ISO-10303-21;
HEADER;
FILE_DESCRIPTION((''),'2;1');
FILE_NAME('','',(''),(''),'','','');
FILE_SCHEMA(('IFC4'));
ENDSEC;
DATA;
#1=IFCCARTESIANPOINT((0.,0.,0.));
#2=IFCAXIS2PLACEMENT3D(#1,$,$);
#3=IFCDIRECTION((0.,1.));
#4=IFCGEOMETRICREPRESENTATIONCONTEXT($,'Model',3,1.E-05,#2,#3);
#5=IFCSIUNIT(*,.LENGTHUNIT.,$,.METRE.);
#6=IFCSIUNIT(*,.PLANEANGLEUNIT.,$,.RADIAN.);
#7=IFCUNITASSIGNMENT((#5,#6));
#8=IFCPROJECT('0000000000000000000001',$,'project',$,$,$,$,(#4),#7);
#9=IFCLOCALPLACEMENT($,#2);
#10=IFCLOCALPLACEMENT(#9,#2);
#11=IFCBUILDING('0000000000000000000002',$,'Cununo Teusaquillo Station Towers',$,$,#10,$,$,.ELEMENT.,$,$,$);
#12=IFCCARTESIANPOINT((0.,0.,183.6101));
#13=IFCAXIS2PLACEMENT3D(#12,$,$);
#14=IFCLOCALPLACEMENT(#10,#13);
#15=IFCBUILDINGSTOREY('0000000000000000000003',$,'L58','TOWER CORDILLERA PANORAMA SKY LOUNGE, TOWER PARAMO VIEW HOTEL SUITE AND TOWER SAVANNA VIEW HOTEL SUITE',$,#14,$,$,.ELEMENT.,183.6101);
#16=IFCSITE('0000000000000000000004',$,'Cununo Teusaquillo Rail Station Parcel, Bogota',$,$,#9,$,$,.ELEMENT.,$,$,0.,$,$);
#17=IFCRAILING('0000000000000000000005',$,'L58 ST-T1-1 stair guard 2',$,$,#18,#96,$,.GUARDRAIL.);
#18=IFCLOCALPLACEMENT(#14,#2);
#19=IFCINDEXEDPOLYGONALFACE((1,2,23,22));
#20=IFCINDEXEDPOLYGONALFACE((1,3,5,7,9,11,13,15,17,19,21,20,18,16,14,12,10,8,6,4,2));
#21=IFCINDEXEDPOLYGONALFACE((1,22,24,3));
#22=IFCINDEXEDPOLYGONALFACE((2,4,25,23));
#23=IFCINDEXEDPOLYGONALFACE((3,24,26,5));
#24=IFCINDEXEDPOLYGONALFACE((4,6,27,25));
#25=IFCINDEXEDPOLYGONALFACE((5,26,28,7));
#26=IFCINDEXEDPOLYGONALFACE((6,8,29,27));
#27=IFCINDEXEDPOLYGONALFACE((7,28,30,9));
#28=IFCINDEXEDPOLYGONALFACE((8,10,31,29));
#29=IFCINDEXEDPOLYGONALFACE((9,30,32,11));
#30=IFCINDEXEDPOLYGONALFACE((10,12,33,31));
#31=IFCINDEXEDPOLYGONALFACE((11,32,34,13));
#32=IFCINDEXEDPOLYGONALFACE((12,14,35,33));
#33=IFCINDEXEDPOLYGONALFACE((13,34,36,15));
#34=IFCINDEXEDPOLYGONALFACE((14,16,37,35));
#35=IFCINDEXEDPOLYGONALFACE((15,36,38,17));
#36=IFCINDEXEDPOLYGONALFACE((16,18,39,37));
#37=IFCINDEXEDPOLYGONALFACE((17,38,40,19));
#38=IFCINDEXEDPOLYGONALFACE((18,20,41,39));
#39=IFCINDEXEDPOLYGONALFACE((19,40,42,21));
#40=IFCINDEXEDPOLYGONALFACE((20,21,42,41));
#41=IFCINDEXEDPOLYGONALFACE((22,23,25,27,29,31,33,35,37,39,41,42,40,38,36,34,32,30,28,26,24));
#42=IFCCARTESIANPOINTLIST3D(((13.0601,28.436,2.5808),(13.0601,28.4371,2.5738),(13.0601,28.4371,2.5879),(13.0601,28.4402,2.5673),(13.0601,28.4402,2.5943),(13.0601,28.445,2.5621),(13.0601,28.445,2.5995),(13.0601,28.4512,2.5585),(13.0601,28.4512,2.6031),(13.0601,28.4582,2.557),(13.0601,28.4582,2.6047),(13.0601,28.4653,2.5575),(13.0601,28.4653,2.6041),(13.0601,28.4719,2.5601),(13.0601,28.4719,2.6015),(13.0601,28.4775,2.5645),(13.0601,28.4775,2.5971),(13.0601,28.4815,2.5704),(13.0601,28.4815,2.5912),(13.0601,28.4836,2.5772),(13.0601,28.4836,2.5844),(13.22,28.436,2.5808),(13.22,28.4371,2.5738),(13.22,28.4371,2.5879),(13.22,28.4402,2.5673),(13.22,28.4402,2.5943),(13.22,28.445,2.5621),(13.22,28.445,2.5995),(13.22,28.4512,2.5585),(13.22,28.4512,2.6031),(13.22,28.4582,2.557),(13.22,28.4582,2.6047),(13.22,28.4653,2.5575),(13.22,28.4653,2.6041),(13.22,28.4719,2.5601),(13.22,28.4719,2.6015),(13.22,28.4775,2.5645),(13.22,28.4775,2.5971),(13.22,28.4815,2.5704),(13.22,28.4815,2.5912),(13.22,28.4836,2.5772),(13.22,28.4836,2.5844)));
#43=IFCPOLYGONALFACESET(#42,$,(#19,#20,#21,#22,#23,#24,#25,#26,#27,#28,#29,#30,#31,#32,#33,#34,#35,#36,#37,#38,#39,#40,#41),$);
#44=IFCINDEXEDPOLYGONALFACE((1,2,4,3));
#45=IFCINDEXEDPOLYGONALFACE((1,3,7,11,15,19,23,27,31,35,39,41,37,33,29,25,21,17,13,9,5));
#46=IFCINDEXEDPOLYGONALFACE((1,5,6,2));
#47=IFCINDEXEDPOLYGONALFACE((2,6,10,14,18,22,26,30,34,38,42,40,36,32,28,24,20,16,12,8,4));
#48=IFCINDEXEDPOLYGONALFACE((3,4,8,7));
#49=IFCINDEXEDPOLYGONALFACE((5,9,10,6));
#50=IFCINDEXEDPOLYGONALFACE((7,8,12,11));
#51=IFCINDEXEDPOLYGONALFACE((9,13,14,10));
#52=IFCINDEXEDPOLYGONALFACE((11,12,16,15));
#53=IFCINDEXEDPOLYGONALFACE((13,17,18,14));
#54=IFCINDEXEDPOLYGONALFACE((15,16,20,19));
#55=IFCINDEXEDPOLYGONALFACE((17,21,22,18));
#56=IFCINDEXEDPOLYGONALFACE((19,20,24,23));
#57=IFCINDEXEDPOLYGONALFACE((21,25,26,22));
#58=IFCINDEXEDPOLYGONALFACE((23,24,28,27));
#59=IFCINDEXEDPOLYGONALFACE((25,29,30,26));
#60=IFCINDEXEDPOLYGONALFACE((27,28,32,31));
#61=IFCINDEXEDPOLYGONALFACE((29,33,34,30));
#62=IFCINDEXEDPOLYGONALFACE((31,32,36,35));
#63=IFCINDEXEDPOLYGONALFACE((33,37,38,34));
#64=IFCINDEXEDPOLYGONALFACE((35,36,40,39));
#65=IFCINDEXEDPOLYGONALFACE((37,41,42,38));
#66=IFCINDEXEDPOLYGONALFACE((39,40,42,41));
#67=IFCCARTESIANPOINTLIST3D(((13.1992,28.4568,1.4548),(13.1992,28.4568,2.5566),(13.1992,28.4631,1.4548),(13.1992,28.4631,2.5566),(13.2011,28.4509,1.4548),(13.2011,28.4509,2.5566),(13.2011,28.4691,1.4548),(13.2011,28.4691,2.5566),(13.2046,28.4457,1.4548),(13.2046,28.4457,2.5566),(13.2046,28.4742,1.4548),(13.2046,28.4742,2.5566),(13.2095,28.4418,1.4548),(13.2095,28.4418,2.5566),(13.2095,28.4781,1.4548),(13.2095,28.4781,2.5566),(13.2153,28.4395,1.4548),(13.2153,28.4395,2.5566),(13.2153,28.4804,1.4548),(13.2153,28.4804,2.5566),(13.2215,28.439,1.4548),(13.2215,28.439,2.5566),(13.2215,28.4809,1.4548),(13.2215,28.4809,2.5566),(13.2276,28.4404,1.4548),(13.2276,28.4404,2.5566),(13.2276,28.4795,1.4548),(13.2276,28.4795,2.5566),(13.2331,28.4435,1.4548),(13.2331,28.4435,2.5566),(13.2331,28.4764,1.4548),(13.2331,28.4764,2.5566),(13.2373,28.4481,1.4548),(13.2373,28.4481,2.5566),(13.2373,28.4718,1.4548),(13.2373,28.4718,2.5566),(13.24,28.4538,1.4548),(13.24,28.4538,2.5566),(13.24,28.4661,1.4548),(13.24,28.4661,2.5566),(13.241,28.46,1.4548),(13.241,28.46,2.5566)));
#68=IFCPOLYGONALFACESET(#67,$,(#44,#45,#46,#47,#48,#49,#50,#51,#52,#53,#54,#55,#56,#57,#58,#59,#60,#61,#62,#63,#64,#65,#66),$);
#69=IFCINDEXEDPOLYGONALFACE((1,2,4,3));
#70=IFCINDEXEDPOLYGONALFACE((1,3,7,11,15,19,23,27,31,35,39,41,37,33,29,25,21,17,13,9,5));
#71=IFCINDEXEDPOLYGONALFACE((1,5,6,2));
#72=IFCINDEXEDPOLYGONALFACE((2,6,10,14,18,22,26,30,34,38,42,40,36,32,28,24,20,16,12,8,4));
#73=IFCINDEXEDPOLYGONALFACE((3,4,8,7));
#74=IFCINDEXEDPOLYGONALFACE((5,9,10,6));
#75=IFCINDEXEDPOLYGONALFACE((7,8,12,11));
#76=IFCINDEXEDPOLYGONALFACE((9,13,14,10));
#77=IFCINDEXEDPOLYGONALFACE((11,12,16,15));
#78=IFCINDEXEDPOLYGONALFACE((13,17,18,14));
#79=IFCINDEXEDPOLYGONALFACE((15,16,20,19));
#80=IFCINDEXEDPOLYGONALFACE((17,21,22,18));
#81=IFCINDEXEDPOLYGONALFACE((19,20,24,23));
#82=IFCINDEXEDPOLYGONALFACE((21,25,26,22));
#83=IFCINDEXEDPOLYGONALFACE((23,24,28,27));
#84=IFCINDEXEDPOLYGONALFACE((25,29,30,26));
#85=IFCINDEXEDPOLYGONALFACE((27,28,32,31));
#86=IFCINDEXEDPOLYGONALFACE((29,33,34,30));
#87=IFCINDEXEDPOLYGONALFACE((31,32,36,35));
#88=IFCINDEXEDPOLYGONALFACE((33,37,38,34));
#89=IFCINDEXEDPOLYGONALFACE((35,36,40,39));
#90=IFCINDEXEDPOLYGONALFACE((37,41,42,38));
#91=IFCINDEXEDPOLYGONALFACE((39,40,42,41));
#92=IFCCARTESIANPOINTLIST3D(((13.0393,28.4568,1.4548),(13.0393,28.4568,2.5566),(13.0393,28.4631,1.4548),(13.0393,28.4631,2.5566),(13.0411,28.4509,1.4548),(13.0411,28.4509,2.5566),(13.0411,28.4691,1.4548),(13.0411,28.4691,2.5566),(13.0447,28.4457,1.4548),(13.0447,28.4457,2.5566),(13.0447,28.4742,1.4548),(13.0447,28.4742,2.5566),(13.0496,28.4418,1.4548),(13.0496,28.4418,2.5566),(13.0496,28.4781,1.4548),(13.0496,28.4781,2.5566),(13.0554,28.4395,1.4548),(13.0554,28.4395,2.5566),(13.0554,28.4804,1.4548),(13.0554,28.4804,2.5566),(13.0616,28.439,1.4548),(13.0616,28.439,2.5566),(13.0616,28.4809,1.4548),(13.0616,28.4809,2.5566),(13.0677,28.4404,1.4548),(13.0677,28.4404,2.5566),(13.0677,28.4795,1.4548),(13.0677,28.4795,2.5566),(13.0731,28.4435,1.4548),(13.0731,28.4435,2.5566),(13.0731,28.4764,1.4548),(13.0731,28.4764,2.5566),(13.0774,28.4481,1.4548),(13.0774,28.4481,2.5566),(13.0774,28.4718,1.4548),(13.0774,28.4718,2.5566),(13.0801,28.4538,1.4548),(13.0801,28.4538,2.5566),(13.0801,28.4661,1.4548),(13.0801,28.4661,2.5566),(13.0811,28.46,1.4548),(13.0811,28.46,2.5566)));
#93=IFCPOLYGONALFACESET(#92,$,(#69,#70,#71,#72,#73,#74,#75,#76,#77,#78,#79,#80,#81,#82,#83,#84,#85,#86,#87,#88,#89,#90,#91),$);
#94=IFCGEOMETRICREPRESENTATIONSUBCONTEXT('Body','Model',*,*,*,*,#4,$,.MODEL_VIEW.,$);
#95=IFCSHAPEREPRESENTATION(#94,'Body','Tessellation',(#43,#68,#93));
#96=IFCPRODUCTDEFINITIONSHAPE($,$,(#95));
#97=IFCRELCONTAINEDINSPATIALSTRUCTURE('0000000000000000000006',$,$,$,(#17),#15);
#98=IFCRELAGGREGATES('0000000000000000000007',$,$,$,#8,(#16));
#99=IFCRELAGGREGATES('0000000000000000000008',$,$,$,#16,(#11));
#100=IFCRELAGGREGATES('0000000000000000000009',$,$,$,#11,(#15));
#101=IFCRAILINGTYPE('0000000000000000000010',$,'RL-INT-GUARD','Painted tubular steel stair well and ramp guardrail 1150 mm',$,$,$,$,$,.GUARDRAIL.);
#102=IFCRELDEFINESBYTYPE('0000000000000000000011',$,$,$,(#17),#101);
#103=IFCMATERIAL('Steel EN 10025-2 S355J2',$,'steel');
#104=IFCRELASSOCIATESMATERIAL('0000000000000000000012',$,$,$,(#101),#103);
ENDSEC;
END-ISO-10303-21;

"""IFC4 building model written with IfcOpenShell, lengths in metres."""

from ifc_helpers import new_model, si_unit, direction, frame, origin, origin_2d, place, context, subcontext, project, spatial, circle, extrude, material, type_object, element, save


model = new_model("IFC4")

# Units and contexts
model_context = context("Model", 3, precision=1e-05, world=origin(), true_north=direction((0.0, 1.0)))
body_context = subcontext(model_context, "Body", "Model", "MODEL_VIEW")
ifc_project = project(units=[si_unit("LENGTHUNIT", "METRE"), si_unit("PLANEANGLEUNIT", "RADIAN")], contexts=[model_context])

# Site, building, storey
site_placement = place(None, origin())
site = spatial("IfcSite", under=ifc_project, at=site_placement, Name="Cununo Teusaquillo Rail Station Parcel, Bogota", CompositionType="ELEMENT", RefElevation=0.0)
building_placement = place(site_placement, origin())
building = spatial("IfcBuilding", under=site, at=building_placement, Name="Cununo Teusaquillo Station Towers", CompositionType="ELEMENT")
storey_placement = place(building_placement, frame((0.0, 0.0, 183.6101)))
storey = spatial("IfcBuildingStorey", under=building, at=storey_placement, Name="L58", Description="TOWER CORDILLERA PANORAMA SKY LOUNGE, TOWER PARAMO VIEW HOTEL SUITE AND TOWER SAVANNA VIEW HOTEL SUITE", CompositionType="ELEMENT", Elevation=183.6101)

# Railing
ifc_material_1 = material(Name="Steel EN 10025-2 S355J2", Category="steel")
railing_type_1 = type_object("IfcRailingType", Name="RL-INT-GUARD", Description="Painted tubular steel stair well and ramp guardrail 1150 mm", PredefinedType="GUARDRAIL", material=ifc_material_1)
railing_1_placement = place(storey_placement, frame((13.22, 28.46, 1.4548)))
element("IfcRailing", 1, at=railing_1_placement, inside=storey, type_object=railing_type_1, Name="L58 ST-T1-1 stair guard 2", PredefinedType="GUARDRAIL", context=body_context, shape_type="SweptSolid", body=[
    extrude(circle(Radius=0.0239, at=origin_2d()), frame((0.0, 0.0, 1.126), z_axis=(-1.0, 0.0, 0.0), x_axis=(0.0, -1.0, 0.0)), (0.0, 0.0, 1.0), 0.1599),
    extrude(circle(Radius=0.021, at=origin_2d()), origin(), (0.0, 0.0, 1.0), 1.1018),
    extrude(circle(Radius=0.021, at=origin_2d()), frame((-0.1599, 0.0, 0.0)), (0.0, 0.0, 1.0), 1.1018),
])

save(model, "model.ifc")
